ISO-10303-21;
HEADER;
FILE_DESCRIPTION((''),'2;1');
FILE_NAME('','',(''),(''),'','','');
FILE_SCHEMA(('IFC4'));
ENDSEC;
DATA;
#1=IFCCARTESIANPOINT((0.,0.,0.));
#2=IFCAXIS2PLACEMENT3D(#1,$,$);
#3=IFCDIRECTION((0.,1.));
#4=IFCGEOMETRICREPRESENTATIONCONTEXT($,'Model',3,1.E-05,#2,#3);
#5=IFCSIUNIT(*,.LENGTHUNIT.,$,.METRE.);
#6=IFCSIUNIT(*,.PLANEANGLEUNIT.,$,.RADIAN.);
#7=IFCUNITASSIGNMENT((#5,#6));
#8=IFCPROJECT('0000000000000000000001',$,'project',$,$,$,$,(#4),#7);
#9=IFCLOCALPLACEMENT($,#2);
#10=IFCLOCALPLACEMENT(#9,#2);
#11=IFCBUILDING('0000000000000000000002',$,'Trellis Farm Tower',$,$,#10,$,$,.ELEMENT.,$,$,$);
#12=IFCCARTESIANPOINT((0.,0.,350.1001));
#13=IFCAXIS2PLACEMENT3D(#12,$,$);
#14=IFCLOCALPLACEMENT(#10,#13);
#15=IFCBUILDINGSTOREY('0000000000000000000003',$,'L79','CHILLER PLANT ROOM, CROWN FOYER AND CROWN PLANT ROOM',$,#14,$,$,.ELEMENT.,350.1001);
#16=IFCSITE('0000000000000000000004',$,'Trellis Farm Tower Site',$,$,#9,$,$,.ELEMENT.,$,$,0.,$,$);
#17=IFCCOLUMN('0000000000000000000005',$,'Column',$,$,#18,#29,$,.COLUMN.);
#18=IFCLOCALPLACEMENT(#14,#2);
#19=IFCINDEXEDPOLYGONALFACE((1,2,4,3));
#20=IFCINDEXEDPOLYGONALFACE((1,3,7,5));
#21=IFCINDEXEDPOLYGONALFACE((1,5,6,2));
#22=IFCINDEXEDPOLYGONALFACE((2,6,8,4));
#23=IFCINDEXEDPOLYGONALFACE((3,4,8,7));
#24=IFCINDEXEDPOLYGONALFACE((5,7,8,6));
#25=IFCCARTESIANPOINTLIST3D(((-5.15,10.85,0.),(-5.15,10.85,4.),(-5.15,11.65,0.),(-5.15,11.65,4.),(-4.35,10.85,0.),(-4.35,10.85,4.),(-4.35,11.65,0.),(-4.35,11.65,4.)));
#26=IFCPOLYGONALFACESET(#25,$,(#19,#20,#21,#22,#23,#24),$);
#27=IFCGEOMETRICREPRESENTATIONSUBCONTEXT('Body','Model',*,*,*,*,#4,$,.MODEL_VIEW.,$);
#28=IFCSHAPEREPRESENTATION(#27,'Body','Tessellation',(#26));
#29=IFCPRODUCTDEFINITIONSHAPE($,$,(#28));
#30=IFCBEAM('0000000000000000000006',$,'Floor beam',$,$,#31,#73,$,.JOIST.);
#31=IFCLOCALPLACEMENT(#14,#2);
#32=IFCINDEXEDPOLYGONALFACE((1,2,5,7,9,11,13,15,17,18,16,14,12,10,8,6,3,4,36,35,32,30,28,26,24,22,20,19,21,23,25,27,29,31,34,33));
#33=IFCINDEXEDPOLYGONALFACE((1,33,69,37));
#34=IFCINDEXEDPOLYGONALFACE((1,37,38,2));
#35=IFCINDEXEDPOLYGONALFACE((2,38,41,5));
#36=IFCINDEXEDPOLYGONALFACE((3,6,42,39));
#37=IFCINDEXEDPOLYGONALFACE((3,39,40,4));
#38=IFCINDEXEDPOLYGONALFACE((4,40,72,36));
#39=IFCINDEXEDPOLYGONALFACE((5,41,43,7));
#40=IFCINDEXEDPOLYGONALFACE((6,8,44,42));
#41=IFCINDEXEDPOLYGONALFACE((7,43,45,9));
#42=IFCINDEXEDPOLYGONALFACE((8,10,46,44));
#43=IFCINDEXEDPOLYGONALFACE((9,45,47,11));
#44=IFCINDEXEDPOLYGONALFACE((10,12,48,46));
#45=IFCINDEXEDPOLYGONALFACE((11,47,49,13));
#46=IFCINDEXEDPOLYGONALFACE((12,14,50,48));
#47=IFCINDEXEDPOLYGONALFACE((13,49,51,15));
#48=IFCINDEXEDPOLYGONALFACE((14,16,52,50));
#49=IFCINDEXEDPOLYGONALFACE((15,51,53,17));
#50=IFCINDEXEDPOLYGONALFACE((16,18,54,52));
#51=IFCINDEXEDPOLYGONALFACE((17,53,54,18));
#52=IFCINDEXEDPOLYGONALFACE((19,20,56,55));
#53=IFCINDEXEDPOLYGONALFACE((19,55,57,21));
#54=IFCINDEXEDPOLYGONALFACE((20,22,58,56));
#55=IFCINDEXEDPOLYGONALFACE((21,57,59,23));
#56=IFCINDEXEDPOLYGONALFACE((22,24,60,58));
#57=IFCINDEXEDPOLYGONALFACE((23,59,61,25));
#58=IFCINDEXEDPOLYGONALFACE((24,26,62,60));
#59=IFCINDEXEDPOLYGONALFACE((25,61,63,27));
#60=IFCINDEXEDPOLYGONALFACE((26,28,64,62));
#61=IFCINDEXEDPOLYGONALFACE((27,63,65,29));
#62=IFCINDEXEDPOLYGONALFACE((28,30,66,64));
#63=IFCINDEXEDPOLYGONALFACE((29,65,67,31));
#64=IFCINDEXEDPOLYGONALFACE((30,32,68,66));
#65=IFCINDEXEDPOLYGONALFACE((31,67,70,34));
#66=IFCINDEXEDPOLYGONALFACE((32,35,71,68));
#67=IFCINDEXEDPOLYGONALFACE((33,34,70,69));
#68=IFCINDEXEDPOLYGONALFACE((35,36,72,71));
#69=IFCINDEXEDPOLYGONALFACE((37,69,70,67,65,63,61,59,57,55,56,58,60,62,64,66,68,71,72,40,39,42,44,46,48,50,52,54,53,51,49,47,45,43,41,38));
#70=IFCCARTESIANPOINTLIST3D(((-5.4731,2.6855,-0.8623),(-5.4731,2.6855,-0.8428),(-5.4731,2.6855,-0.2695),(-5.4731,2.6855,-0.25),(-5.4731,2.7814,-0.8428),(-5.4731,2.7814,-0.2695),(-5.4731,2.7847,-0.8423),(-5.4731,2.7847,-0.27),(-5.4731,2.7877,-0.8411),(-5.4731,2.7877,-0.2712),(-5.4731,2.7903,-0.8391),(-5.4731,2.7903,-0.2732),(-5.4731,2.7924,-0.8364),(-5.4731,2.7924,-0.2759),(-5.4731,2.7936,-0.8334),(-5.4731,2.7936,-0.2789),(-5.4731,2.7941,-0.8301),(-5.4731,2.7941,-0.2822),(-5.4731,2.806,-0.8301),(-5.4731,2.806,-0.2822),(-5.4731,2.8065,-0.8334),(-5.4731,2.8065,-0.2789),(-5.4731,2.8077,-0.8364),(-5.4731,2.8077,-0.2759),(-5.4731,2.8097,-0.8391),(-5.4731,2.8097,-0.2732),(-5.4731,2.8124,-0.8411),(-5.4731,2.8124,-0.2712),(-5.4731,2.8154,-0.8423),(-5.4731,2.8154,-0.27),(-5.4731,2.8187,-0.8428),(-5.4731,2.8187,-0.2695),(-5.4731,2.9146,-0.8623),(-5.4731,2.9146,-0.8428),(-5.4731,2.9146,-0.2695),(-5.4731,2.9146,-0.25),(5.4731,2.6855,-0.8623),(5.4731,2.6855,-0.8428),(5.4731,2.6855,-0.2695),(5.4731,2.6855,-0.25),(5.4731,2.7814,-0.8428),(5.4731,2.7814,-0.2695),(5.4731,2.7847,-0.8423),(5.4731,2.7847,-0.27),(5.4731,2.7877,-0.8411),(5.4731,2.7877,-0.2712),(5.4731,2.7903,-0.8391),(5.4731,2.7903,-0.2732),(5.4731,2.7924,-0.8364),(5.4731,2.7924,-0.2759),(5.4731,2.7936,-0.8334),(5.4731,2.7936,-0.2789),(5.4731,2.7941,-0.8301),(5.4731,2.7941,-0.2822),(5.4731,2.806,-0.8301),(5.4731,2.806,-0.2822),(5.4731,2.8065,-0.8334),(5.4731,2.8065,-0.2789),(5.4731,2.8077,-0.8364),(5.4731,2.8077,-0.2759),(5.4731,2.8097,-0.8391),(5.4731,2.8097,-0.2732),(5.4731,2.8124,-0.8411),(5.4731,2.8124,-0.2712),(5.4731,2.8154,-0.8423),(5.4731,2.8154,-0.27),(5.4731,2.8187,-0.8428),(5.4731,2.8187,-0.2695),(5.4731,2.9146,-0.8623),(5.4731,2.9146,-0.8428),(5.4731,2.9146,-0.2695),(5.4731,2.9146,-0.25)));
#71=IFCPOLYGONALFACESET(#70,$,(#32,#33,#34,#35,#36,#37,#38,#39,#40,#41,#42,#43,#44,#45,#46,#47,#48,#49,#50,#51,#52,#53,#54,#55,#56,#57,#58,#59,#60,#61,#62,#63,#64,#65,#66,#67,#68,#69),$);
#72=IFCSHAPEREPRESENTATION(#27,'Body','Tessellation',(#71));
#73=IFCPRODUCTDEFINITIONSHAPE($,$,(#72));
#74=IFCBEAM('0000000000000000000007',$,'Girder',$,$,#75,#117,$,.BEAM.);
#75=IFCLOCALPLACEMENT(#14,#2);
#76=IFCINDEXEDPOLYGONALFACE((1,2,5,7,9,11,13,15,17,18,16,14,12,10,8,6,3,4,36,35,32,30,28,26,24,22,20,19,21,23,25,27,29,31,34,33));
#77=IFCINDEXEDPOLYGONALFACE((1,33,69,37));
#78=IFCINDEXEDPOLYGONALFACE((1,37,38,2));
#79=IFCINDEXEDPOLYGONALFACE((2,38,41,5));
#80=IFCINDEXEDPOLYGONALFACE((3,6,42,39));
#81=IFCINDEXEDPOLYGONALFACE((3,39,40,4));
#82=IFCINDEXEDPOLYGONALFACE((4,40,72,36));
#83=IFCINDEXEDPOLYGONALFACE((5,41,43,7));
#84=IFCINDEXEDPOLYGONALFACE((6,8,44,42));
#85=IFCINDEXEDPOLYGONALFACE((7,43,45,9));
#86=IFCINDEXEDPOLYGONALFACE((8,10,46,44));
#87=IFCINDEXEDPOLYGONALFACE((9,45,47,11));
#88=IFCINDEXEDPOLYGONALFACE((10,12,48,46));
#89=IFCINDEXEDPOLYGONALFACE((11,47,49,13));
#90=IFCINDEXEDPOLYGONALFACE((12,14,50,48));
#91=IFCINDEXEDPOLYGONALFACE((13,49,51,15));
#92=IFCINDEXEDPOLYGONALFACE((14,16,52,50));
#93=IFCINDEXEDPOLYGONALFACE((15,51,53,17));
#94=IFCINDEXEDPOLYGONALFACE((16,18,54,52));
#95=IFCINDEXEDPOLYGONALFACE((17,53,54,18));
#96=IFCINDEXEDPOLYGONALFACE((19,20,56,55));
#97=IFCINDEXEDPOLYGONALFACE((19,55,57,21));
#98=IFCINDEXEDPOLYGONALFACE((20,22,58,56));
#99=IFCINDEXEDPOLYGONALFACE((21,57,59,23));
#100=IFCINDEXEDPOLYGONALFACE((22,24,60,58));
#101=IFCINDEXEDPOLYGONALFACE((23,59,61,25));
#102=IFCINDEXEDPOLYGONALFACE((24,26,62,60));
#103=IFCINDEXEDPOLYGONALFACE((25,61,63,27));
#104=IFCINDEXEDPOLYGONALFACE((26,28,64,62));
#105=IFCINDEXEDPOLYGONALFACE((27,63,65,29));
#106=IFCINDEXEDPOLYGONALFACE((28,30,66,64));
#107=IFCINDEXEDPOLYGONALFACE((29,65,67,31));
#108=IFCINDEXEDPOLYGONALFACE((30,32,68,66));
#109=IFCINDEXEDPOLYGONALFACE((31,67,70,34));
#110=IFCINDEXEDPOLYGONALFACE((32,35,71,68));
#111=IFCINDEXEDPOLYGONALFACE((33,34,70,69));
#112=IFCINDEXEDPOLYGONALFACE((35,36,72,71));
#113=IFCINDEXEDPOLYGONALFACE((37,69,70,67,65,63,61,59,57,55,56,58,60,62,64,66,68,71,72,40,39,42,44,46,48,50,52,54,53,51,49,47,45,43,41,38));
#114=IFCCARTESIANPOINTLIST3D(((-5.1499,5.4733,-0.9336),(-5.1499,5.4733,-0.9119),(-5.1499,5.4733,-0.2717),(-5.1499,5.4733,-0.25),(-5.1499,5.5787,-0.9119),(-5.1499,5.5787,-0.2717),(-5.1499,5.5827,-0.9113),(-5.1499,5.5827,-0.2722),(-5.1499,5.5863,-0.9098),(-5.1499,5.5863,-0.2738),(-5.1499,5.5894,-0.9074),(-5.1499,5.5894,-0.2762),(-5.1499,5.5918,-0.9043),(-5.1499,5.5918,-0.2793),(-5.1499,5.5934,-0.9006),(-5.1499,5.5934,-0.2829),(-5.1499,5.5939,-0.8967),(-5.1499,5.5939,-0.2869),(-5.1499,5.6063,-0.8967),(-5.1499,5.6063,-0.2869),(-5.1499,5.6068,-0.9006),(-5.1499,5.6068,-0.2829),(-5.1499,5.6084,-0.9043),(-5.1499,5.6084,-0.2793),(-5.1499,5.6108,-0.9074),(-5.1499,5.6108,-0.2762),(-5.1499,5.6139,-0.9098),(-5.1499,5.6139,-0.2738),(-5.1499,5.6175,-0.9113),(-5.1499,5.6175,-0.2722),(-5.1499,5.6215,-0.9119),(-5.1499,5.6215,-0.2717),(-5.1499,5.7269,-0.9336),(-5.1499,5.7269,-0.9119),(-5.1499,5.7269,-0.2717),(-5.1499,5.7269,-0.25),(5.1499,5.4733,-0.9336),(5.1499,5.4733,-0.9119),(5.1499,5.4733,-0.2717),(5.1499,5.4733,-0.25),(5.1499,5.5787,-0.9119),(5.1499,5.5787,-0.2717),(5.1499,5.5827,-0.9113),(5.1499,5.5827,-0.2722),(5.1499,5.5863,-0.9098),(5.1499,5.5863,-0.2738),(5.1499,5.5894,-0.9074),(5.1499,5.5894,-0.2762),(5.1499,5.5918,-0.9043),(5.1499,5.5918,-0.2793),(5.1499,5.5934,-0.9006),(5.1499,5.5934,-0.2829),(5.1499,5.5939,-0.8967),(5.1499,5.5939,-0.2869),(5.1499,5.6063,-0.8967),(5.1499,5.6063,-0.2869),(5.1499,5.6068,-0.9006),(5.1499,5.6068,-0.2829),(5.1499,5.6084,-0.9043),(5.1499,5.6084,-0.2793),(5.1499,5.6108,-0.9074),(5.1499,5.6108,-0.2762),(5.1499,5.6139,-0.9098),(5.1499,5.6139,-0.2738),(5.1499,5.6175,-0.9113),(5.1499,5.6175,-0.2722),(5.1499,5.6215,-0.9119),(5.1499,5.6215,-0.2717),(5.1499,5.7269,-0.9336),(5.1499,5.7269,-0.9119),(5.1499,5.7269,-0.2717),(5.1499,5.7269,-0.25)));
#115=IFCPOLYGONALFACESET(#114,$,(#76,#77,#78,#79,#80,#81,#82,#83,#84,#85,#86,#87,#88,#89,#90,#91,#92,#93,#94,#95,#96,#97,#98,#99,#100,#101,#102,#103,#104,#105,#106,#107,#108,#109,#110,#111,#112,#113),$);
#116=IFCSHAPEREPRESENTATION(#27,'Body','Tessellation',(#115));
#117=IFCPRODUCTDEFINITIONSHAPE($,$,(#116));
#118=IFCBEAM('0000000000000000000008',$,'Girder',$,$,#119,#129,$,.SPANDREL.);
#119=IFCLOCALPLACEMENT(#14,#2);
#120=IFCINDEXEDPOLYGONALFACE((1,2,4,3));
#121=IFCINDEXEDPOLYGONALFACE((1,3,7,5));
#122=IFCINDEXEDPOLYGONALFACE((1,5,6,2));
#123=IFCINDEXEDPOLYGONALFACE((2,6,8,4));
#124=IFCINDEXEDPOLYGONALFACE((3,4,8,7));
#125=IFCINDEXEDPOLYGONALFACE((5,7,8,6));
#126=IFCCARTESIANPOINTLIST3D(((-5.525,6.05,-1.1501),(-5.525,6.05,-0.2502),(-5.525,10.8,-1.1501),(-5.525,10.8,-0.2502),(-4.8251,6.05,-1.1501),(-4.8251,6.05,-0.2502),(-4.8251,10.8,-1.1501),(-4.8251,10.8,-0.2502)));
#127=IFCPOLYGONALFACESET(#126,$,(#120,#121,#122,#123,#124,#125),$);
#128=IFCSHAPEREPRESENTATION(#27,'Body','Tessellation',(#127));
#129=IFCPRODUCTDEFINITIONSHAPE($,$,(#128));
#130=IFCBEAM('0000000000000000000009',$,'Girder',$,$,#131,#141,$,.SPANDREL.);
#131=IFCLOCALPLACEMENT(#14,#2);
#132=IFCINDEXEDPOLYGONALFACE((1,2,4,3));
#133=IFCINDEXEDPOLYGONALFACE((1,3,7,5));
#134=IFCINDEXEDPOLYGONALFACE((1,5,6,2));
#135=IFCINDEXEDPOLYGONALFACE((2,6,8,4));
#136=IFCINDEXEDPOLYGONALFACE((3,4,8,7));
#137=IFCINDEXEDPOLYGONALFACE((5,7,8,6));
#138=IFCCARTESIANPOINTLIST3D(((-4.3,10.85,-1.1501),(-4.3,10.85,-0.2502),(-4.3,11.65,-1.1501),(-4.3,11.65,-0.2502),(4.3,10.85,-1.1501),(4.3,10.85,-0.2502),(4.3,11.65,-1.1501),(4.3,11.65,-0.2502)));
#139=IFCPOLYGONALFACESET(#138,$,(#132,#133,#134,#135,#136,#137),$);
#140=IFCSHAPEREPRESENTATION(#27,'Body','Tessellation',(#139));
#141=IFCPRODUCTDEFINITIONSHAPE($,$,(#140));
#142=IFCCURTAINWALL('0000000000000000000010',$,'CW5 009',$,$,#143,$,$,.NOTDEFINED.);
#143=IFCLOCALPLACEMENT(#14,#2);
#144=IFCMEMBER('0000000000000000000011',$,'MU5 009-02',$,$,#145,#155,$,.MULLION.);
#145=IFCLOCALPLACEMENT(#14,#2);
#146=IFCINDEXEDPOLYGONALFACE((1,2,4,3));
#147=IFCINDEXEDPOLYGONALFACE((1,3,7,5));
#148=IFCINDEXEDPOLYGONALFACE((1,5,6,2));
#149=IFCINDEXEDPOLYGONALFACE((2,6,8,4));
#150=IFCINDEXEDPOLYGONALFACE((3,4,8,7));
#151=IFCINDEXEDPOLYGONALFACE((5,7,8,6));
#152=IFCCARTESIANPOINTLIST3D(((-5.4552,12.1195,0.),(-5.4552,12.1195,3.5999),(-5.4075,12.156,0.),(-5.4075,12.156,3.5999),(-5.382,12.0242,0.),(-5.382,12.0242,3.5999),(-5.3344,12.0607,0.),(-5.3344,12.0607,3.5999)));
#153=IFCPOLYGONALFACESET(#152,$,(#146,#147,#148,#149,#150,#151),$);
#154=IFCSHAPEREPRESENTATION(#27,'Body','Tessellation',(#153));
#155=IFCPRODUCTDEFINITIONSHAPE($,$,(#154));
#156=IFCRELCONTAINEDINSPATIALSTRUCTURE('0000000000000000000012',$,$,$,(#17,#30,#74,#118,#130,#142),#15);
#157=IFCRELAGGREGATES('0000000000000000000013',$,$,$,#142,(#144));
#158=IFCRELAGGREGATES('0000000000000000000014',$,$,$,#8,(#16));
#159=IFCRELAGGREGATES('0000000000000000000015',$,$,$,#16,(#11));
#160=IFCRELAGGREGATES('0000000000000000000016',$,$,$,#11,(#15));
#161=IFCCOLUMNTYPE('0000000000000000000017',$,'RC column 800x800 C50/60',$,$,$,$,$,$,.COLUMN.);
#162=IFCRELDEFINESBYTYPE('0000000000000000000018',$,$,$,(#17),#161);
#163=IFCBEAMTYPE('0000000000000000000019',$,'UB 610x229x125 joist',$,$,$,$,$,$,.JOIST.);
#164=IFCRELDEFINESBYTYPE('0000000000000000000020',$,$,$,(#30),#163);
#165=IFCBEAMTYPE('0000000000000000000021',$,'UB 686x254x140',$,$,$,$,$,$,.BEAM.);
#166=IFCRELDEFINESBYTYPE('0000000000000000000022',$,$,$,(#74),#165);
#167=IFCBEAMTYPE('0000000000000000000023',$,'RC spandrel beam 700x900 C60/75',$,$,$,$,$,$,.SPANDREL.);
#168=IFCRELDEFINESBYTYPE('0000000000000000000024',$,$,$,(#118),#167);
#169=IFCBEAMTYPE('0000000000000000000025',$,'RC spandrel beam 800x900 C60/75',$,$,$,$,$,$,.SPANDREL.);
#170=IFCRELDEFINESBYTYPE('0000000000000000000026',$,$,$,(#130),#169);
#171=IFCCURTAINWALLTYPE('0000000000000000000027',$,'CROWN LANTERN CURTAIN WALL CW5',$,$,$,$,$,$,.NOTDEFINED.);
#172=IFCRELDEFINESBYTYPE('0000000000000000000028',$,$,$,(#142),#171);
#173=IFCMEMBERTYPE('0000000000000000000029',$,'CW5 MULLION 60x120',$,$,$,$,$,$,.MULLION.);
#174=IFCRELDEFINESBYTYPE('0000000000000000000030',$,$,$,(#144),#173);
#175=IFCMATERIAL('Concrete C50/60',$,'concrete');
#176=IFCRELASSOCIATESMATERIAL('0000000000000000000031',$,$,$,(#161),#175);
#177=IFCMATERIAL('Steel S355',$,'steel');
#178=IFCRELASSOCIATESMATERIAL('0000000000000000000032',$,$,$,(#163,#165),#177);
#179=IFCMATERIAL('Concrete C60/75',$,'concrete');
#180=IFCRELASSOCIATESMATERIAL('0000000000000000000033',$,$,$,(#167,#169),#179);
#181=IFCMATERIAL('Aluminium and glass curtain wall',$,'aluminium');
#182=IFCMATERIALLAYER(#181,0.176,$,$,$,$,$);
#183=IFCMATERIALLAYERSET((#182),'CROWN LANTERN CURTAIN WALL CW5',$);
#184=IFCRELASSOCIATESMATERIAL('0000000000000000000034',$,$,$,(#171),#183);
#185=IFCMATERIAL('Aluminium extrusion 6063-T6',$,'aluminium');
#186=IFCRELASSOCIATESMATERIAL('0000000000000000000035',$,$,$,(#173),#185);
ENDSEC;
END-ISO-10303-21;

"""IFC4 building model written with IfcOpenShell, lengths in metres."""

from ifc_helpers import new_model, si_unit, direction, frame, origin, origin_2d, place, context, subcontext, project, spatial, rectangle, i_section, extrude, source, transform, mapped, material, layer, layer_set, material_profile, profile_set, type_object, element, aggregate, save


model = new_model("IFC4")

# Units and contexts
model_context = context("Model", 3, precision=1e-05, world=origin(), true_north=direction((0.0, 1.0)))
body_context = subcontext(model_context, "Body", "Model", "MODEL_VIEW")
ifc_project = project(units=[si_unit("LENGTHUNIT", "METRE"), si_unit("PLANEANGLEUNIT", "RADIAN")], contexts=[model_context])

# Site, building, storey
site_placement = place(None, origin())
site = spatial("IfcSite", under=ifc_project, at=site_placement, Name="Trellis Farm Tower Site", CompositionType="ELEMENT", RefElevation=0.0)
building_placement = place(site_placement, origin())
building = spatial("IfcBuilding", under=site, at=building_placement, Name="Trellis Farm Tower", CompositionType="ELEMENT")
storey_placement = place(building_placement, frame((0.0, 0.0, 350.1001)))
storey = spatial("IfcBuildingStorey", under=building, at=storey_placement, Name="L79", Description="CHILLER PLANT ROOM, CROWN FOYER AND CROWN PLANT ROOM", CompositionType="ELEMENT", Elevation=350.1001)

# Column
ifc_material_1 = material(Name="Concrete C50/60", Category="concrete")
ifc_material_profile_1 = material_profile(ifc_material_1, rectangle(XDim=0.8, YDim=0.8, at=origin_2d()), Name="RC column 800x800 C50/60")
ifc_profile_set_1 = profile_set([ifc_material_profile_1], Name="Concrete C50/60")
column_type = type_object("IfcColumnType", Name="RC column 800x800 C50/60", PredefinedType="COLUMN", material=ifc_profile_set_1)
shared_shape_1 = source(origin(), body_context, "Body", "SweptSolid", [
    extrude(rectangle(XDim=0.8, YDim=0.8, at=origin_2d()), origin(), (0.0, 0.0, 1.0), 4.0),
])
column_placement = place(storey_placement, frame((-4.75, 11.25, 0.0), z_axis=(0.0, 0.0, 1.0), x_axis=(1.0, 0.0, 0.0)))
element("IfcColumn", 1, at=column_placement, inside=storey, type_object=column_type, Name="Column", PredefinedType="COLUMN", context=body_context, shape_type="MappedRepresentation", body=[
    mapped(shared_shape_1, transform((0.0, 0.0, 0.0))),
])

# Beams
ifc_material_2 = material(Name="Steel S355", Category="steel")
ifc_material_profile_2 = material_profile(ifc_material_2, i_section(OverallWidth=0.229, OverallDepth=0.6123, WebThickness=0.012, FlangeThickness=0.0195, FilletRadius=0.0127, at=origin_2d()), Name="UB 610x229x125")
ifc_profile_set_2 = profile_set([ifc_material_profile_2], Name="Steel S355")
beam_type_1 = type_object("IfcBeamType", Name="UB 610x229x125 joist", PredefinedType="JOIST", material=ifc_profile_set_2)
shared_shape_2 = source(origin(), body_context, "Body", "SweptSolid", [
    extrude(i_section(OverallWidth=0.229, OverallDepth=0.6123, WebThickness=0.012, FlangeThickness=0.0195, FilletRadius=0.0127, at=origin_2d()), origin(), (0.0, 0.0, 1.0), 10.9463),
])
beam_1_placement = place(storey_placement, frame((-5.4731, 2.8, -0.5562), z_axis=(1.0, 0.0, 0.0), x_axis=(0.0, 1.0, 0.0)))
element("IfcBeam", 2, at=beam_1_placement, inside=storey, type_object=beam_type_1, Name="Floor beam", PredefinedType="JOIST", context=body_context, shape_type="MappedRepresentation", body=[
    mapped(shared_shape_2, transform((0.0, 0.0, 0.0))),
])
ifc_material_profile_3 = material_profile(ifc_material_2, i_section(OverallWidth=0.2537, OverallDepth=0.6836, WebThickness=0.0125, FlangeThickness=0.0217, FilletRadius=0.0151, at=origin_2d()), Name="UB 686x254x140")
ifc_profile_set_3 = profile_set([ifc_material_profile_3], Name="Steel S355")
beam_type_2 = type_object("IfcBeamType", Name="UB 686x254x140", PredefinedType="BEAM", material=ifc_profile_set_3)
shared_shape_3 = source(origin(), body_context, "Body", "SweptSolid", [
    extrude(i_section(OverallWidth=0.2537, OverallDepth=0.6836, WebThickness=0.0125, FlangeThickness=0.0217, FilletRadius=0.0151, at=origin_2d()), origin(), (0.0, 0.0, 1.0), 10.2998),
])
beam_2_placement = place(storey_placement, frame((-5.1499, 5.6001, -0.5918), z_axis=(1.0, 0.0, 0.0), x_axis=(0.0, 1.0, 0.0)))
element("IfcBeam", 3, at=beam_2_placement, inside=storey, type_object=beam_type_2, Name="Girder", PredefinedType="BEAM", context=body_context, shape_type="MappedRepresentation", body=[
    mapped(shared_shape_3, transform((0.0, 0.0, 0.0))),
])
ifc_material_3 = material(Name="Concrete C60/75", Category="concrete")
ifc_material_profile_4 = material_profile(ifc_material_3, rectangle(XDim=0.7, YDim=0.8999, at=origin_2d()), Name="RC spandrel beam 700x900 C60/75")
ifc_profile_set_4 = profile_set([ifc_material_profile_4], Name="Concrete C60/75")
beam_type_3 = type_object("IfcBeamType", Name="RC spandrel beam 700x900 C60/75", PredefinedType="SPANDREL", material=ifc_profile_set_4)
shared_shape_4 = source(origin(), body_context, "Body", "SweptSolid", [
    extrude(rectangle(XDim=0.7, YDim=0.8999, at=origin_2d()), origin(), (0.0, 0.0, 1.0), 4.75),
])
beam_3_placement = place(storey_placement, frame((-5.175, 6.05, -0.7002), z_axis=(0.0, 1.0, 0.0), x_axis=(-1.0, 0.0, 0.0)))
element("IfcBeam", 4, at=beam_3_placement, inside=storey, type_object=beam_type_3, Name="Girder", PredefinedType="SPANDREL", context=body_context, shape_type="MappedRepresentation", body=[
    mapped(shared_shape_4, transform((0.0, 0.0, 0.0))),
])
ifc_material_profile_5 = material_profile(ifc_material_3, rectangle(XDim=0.8, YDim=0.8999, at=origin_2d()), Name="RC spandrel beam 800x900 C60/75")
ifc_profile_set_5 = profile_set([ifc_material_profile_5], Name="Concrete C60/75")
beam_type_4 = type_object("IfcBeamType", Name="RC spandrel beam 800x900 C60/75", PredefinedType="SPANDREL", material=ifc_profile_set_5)
shared_shape_5 = source(origin(), body_context, "Body", "SweptSolid", [
    extrude(rectangle(XDim=0.8, YDim=0.8999, at=origin_2d()), origin(), (0.0, 0.0, 1.0), 8.6001),
])
beam_4_placement = place(storey_placement, frame((-4.3, 11.25, -0.7002), z_axis=(1.0, 0.0, 0.0), x_axis=(0.0, 1.0, 0.0)))
element("IfcBeam", 5, at=beam_4_placement, inside=storey, type_object=beam_type_4, Name="Girder", PredefinedType="SPANDREL", context=body_context, shape_type="MappedRepresentation", body=[
    mapped(shared_shape_5, transform((0.0, 0.0, 0.0))),
])

# Curtain wall, member
ifc_material_4 = material(Name="Aluminium and glass curtain wall", Category="aluminium")
ifc_layer_1 = layer(ifc_material_4, 0.176)
ifc_layer_set_1 = layer_set([ifc_layer_1], Name="CROWN LANTERN CURTAIN WALL CW5")
curtain_wall_type = type_object("IfcCurtainWallType", Name="CROWN LANTERN CURTAIN WALL CW5", PredefinedType="NOTDEFINED", material=ifc_layer_set_1)
placement_1 = place(storey_placement, origin())
curtain_wall_1 = element("IfcCurtainWall", 6, at=placement_1, inside=storey, type_object=curtain_wall_type, Name="CW5 009", PredefinedType="NOTDEFINED")
ifc_material_5 = material(Name="Aluminium extrusion 6063-T6", Category="aluminium")
ifc_material_profile_6 = material_profile(ifc_material_5, rectangle(XDim=0.0601, YDim=0.1201, at=origin_2d()), Name="MULLION 60x120")
ifc_profile_set_6 = profile_set([ifc_material_profile_6], Name="Aluminium extrusion 6063-T6")
member_type_1 = type_object("IfcMemberType", Name="CW5 MULLION 60x120", PredefinedType="MULLION", material=ifc_profile_set_6)
shared_shape_6 = source(origin(), body_context, "Body", "SweptSolid", [
    extrude(rectangle(XDim=0.0601, YDim=0.1201, at=origin_2d()), origin(), (0.0, 0.0, 1.0), 3.5999),
])
member_1_placement = place(storey_placement, frame((-5.3948, 12.0901, 0.0), z_axis=(0.0, 0.0, 1.0), x_axis=(-0.793353, -0.608761, 0.0)))
member_1 = element("IfcMember", 7, at=member_1_placement, type_object=member_type_1, Name="MU5 009-02", PredefinedType="MULLION", context=body_context, shape_type="MappedRepresentation", body=[
    mapped(shared_shape_6, transform((0.0, 0.0, 0.0))),
])
aggregate(curtain_wall_1, [member_1])

save(model, "model.ifc")
